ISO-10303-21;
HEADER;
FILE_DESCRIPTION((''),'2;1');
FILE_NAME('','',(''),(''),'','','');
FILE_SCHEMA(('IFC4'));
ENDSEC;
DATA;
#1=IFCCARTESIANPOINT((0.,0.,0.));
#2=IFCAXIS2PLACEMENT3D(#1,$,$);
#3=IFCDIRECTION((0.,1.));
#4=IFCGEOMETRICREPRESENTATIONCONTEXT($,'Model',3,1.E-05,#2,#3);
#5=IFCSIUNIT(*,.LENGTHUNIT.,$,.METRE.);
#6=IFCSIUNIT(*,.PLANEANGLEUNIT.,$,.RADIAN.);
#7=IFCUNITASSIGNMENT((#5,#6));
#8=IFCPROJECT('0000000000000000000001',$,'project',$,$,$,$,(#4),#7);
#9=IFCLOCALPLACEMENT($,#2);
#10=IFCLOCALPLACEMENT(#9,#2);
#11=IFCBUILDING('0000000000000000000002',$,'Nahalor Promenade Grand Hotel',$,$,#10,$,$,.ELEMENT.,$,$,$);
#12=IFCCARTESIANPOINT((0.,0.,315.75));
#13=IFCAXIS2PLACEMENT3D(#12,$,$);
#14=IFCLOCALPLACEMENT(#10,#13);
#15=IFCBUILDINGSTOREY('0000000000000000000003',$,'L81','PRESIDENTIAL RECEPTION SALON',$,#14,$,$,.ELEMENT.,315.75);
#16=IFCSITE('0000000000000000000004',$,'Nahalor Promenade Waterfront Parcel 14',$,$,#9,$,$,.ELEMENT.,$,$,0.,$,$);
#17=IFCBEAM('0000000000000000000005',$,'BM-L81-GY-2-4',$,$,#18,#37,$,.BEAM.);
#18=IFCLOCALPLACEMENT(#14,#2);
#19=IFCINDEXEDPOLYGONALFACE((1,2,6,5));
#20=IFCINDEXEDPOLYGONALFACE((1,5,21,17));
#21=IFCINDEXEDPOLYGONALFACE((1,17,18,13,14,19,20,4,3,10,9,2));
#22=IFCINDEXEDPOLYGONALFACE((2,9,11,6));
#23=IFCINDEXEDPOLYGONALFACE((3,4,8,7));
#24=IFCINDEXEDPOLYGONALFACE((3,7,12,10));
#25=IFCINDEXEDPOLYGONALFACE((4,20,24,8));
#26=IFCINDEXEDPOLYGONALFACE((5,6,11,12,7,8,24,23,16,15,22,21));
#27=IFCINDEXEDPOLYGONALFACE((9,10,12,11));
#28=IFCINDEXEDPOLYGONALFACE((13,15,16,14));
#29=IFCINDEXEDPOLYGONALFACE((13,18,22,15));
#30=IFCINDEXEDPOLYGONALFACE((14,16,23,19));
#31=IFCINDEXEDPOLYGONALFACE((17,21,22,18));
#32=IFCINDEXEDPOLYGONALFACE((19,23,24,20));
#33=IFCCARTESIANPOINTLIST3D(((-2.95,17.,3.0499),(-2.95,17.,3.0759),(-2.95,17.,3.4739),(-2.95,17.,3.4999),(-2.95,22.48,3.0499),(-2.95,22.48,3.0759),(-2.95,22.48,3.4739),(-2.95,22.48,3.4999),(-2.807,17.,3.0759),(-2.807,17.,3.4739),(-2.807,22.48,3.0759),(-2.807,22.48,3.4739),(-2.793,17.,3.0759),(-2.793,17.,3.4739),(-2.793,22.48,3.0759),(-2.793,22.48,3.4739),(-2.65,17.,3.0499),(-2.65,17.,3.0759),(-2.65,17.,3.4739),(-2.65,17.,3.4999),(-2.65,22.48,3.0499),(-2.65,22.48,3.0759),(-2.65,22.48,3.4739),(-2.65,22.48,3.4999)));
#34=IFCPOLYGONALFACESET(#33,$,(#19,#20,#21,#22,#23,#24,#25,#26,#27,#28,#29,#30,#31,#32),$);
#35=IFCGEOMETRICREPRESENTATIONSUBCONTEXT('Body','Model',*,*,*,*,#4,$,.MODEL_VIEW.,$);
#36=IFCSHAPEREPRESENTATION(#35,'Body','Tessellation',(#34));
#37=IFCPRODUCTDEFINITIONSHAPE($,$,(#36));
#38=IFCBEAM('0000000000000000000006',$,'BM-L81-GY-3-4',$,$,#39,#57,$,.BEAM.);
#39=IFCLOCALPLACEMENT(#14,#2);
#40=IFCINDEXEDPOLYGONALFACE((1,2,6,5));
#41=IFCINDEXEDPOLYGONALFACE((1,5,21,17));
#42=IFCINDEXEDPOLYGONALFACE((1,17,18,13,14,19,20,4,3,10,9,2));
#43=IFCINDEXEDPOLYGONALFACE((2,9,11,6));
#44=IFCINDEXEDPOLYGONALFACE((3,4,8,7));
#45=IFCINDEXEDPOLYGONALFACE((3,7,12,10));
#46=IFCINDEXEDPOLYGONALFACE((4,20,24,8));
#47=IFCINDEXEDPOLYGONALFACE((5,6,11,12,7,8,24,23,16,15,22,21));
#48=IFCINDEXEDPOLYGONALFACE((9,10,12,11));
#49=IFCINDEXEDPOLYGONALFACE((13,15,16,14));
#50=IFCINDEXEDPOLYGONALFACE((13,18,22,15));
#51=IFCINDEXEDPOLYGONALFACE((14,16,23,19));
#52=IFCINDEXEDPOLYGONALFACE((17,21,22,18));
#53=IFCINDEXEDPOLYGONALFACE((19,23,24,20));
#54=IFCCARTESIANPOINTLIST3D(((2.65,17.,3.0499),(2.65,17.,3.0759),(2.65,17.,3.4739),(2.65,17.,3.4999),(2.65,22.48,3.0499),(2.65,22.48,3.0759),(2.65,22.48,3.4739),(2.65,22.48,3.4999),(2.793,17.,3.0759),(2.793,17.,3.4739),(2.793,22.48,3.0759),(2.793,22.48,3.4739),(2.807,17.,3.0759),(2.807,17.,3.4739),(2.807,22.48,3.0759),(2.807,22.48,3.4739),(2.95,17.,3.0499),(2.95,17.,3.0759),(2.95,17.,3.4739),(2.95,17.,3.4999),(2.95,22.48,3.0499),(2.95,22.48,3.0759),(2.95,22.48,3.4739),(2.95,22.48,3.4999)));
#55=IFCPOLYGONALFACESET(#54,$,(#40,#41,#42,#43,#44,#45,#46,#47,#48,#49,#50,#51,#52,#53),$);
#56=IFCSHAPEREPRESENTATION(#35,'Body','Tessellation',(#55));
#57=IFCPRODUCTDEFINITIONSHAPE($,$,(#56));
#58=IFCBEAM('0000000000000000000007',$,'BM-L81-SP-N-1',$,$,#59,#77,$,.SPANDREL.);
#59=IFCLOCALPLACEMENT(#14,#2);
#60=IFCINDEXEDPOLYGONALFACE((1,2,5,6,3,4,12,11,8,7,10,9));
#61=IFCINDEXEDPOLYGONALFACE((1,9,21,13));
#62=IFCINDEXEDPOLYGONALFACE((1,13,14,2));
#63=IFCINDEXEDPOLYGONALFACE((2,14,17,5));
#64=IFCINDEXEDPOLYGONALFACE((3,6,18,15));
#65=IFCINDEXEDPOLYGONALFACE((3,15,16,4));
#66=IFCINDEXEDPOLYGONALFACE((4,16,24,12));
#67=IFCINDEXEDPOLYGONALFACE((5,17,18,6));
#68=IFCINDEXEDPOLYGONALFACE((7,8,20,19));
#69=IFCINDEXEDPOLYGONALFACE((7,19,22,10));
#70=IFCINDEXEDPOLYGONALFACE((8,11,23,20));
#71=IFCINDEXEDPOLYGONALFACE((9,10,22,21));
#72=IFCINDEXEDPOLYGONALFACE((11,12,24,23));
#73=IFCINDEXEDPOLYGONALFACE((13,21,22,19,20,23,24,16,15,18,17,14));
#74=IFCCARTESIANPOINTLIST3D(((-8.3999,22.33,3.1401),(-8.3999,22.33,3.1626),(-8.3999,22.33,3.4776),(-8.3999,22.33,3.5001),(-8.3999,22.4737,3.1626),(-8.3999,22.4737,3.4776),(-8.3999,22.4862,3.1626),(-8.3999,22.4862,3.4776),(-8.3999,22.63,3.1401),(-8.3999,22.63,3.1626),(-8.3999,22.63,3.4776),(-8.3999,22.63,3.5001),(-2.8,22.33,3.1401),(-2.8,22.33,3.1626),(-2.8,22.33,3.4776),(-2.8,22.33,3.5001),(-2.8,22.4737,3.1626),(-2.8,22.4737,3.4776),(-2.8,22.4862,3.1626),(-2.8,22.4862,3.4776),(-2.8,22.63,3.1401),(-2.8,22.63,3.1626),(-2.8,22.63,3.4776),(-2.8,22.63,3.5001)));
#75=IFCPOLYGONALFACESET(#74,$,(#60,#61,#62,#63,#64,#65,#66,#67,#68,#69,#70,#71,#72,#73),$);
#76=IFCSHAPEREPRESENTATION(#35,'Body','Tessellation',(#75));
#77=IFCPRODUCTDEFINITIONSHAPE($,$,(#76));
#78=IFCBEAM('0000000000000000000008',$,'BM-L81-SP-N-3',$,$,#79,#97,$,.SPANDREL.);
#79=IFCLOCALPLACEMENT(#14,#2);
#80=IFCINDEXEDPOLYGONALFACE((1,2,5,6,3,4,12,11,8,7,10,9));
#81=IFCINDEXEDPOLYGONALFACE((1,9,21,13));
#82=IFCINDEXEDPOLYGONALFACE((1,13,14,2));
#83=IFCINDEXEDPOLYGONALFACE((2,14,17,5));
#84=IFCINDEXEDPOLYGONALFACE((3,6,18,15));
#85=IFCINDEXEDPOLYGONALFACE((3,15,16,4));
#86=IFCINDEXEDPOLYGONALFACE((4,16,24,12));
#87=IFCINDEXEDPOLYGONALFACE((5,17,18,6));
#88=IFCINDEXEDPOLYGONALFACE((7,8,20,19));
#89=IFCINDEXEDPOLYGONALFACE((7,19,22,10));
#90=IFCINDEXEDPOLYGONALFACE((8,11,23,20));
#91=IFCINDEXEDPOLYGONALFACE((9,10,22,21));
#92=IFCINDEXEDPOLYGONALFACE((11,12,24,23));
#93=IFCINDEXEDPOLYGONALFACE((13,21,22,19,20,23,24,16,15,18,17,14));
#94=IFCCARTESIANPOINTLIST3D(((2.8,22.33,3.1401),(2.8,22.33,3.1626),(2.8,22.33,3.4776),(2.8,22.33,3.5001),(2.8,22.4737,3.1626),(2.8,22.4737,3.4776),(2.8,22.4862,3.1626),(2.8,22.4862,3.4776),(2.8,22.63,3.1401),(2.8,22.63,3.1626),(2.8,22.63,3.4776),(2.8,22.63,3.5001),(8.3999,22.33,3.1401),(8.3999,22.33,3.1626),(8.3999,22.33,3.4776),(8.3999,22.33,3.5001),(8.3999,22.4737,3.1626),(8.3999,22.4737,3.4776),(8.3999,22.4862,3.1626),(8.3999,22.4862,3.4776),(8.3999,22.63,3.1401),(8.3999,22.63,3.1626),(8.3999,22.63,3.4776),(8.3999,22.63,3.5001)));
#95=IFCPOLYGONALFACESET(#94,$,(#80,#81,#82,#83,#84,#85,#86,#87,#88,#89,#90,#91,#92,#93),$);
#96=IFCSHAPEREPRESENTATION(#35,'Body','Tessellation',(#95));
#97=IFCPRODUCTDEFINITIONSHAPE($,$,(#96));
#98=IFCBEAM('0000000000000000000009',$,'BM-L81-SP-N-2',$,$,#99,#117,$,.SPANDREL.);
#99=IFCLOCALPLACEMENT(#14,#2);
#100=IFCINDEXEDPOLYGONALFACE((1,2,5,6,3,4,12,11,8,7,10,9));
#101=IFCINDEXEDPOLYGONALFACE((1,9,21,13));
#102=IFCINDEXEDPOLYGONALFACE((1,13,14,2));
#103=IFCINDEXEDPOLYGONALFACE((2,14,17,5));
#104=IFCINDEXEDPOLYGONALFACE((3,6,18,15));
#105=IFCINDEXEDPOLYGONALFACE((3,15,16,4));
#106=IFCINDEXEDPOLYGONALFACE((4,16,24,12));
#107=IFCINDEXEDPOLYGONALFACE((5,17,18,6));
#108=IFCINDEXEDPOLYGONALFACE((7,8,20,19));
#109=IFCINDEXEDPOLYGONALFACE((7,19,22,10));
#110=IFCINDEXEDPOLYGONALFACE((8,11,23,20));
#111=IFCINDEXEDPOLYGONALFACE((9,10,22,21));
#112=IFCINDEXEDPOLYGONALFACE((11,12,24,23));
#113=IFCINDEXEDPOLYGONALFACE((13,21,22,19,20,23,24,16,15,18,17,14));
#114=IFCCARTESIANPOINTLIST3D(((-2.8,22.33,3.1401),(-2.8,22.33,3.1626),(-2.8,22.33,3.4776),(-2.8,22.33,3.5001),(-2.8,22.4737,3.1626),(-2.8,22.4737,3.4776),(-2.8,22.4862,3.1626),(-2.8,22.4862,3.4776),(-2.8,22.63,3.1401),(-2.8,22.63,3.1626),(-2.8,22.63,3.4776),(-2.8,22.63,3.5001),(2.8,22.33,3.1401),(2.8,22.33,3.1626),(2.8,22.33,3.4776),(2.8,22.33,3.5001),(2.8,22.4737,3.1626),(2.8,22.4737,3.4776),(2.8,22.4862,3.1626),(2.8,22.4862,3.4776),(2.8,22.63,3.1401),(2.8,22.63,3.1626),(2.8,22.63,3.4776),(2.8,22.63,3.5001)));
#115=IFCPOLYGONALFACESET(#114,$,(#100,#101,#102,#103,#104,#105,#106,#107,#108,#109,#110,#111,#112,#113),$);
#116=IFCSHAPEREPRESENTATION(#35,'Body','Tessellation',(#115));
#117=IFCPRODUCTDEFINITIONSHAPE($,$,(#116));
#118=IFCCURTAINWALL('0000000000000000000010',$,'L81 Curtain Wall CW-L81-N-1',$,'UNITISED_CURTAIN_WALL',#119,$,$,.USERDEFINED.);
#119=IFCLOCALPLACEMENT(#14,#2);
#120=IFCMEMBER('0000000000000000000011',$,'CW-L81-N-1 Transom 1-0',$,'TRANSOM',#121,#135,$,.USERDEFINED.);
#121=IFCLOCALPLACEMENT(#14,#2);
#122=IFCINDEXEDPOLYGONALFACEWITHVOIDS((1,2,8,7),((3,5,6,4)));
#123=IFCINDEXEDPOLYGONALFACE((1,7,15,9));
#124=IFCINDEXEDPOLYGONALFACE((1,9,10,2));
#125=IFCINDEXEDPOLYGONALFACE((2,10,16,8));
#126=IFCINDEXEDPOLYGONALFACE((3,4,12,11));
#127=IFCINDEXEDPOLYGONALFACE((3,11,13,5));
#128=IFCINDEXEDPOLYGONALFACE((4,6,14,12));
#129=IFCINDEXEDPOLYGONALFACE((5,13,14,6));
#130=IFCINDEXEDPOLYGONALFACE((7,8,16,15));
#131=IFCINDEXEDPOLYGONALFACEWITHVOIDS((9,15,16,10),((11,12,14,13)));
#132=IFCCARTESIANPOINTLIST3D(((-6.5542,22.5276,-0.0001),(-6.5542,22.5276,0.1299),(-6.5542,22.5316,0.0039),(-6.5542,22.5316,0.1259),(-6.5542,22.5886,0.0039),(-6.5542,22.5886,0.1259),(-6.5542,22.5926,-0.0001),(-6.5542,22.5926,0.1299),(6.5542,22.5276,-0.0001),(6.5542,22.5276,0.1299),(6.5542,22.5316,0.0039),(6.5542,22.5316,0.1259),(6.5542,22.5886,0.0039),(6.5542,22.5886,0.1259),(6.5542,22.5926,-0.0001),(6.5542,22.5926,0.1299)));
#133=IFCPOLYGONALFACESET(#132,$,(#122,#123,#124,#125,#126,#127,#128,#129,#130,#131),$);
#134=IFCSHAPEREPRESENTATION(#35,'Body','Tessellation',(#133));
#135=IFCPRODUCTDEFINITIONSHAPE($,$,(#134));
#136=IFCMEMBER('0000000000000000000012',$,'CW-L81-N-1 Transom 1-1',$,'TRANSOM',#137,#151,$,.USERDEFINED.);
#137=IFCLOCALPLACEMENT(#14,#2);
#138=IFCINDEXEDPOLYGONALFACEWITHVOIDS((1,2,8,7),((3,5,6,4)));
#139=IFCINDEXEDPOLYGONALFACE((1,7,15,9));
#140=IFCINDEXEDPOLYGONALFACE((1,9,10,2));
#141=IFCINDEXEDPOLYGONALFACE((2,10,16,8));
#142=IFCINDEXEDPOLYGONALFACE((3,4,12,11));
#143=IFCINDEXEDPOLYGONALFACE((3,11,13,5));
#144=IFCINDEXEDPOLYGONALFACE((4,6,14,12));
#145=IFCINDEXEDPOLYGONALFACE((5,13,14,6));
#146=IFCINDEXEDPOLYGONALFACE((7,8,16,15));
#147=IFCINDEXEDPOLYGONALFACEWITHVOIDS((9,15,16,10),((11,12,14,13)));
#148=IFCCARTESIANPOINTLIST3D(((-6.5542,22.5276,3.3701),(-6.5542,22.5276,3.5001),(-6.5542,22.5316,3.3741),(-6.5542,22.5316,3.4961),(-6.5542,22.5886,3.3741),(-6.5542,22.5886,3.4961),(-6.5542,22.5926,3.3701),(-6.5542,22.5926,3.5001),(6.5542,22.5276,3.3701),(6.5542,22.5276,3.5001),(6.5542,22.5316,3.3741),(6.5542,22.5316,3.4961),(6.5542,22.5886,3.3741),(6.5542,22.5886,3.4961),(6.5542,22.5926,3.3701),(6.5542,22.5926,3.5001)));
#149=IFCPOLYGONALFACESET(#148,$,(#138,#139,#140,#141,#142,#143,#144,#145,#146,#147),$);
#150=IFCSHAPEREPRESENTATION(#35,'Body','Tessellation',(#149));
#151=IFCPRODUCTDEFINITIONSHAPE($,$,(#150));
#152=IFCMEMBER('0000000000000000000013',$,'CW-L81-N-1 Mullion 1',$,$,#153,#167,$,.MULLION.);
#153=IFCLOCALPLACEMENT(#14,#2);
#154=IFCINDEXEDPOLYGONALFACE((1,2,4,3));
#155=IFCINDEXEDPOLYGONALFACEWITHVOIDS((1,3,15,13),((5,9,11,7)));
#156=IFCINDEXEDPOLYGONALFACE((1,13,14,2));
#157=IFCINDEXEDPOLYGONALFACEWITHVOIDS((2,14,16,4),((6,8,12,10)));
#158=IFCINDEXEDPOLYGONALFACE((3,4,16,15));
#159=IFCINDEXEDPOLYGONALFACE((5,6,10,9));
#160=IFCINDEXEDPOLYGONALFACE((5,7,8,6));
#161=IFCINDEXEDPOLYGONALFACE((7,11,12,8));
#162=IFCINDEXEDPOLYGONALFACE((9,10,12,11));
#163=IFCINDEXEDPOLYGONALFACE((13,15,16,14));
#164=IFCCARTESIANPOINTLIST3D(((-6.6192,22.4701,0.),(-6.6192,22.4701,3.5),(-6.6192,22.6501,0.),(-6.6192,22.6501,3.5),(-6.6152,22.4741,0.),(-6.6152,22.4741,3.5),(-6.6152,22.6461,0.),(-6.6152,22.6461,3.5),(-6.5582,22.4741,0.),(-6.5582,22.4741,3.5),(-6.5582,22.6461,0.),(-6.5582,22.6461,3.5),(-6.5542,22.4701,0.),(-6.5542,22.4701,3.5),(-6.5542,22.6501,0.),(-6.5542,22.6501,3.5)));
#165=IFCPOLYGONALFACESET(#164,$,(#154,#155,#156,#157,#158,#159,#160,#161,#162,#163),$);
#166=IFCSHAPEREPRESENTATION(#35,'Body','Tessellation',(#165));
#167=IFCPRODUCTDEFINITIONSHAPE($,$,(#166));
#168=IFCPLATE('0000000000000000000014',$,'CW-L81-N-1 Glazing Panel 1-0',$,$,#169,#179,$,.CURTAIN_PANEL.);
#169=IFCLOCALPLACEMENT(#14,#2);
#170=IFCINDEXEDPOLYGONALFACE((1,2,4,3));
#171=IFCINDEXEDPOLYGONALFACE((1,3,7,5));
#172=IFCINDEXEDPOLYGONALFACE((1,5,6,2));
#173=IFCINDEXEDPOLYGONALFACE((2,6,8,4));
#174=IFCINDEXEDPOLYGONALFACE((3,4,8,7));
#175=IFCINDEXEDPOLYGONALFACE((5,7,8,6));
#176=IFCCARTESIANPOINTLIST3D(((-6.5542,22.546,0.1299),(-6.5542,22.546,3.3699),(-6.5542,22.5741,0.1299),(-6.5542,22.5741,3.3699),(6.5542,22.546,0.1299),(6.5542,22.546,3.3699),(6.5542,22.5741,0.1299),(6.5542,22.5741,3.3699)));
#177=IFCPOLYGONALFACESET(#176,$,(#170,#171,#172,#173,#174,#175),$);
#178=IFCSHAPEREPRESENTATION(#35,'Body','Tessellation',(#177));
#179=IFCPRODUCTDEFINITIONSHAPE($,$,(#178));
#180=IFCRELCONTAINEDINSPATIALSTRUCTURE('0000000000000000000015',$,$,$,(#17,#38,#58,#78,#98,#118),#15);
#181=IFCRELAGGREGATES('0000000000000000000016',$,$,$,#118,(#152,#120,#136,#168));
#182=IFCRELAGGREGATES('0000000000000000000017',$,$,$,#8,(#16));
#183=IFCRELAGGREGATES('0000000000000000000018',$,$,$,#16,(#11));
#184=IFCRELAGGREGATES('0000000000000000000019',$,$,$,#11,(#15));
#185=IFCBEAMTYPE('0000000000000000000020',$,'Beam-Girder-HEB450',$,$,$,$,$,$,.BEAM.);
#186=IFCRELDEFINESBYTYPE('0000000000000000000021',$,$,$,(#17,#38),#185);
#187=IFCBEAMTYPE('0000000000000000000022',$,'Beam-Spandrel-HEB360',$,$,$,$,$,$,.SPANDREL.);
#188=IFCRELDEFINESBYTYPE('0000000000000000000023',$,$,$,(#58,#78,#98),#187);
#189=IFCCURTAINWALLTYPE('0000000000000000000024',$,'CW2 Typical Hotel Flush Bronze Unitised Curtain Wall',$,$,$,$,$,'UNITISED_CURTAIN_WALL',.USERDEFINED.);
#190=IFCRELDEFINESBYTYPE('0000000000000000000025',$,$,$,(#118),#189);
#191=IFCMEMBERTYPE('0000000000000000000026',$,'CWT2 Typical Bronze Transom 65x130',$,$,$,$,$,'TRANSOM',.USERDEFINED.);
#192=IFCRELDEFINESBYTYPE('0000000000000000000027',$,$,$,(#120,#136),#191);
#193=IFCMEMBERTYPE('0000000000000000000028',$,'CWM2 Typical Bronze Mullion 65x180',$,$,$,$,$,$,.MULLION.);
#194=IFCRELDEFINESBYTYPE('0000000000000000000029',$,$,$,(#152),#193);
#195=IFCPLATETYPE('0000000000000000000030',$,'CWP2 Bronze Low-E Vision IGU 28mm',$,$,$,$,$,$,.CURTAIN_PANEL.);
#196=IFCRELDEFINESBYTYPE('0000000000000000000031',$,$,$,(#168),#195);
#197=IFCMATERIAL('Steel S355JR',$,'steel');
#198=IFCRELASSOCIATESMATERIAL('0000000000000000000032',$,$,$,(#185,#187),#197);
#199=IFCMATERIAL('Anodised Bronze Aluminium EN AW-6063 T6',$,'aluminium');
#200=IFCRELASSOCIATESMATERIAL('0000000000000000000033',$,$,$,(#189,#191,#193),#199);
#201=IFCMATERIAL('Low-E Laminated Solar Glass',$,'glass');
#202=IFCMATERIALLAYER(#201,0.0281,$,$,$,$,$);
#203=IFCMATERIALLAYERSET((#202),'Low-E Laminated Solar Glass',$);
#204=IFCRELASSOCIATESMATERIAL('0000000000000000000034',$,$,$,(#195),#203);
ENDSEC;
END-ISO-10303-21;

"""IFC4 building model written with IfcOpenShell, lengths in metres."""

from ifc_helpers import new_model, si_unit, direction, frame, origin, origin_2d, place, context, subcontext, project, spatial, rectangle, hollow_rectangle, i_section, extrude, source, transform, mapped, material, layer, layer_set, material_profile, profile_set, type_object, element, aggregate, save


model = new_model("IFC4")

# Units and contexts
model_context = context("Model", 3, precision=1e-05, world=origin(), true_north=direction((0.0, 1.0)))
body_context = subcontext(model_context, "Body", "Model", "MODEL_VIEW")
ifc_project = project(units=[si_unit("LENGTHUNIT", "METRE"), si_unit("PLANEANGLEUNIT", "RADIAN")], contexts=[model_context])

# Site, building, storey
site_placement = place(None, origin())
site = spatial("IfcSite", under=ifc_project, at=site_placement, Name="Nahalor Promenade Waterfront Parcel 14", CompositionType="ELEMENT", RefElevation=0.0)
building_placement = place(site_placement, origin())
building = spatial("IfcBuilding", under=site, at=building_placement, Name="Nahalor Promenade Grand Hotel", CompositionType="ELEMENT")
storey_placement = place(building_placement, frame((0.0, 0.0, 315.75)))
storey = spatial("IfcBuildingStorey", under=building, at=storey_placement, Name="L81", Description="PRESIDENTIAL RECEPTION SALON", CompositionType="ELEMENT", Elevation=315.75)

# Shared definitions
ifc_material_1 = material(Name="Steel S355JR", Category="steel")

# Beams
ifc_material_profile_1 = material_profile(ifc_material_1, i_section(OverallWidth=0.3, OverallDepth=0.45, WebThickness=0.014, FlangeThickness=0.026, at=origin_2d()), Name="HEB 450")
ifc_profile_set_1 = profile_set([ifc_material_profile_1], Name="Steel S355JR")
beam_type_1 = type_object("IfcBeamType", Name="Beam-Girder-HEB450", PredefinedType="BEAM", material=ifc_profile_set_1)
shared_shape_1 = source(origin(), body_context, "Body", "SweptSolid", [
    extrude(i_section(OverallWidth=0.3, OverallDepth=0.45, WebThickness=0.014, FlangeThickness=0.026, at=origin_2d()), origin(), (0.0, 0.0, 1.0), 5.48),
])
for number, where, z_axis, x_axis, name in (
    (1, (-2.8, 17.0, 3.2749), (0.0, 1.0, 0.0), (-1.0, 0.0, 0.0), "BM-L81-GY-2-4"),
    (2, (2.8, 17.0, 3.2749), (0.0, 1.0, 0.0), (-1.0, 0.0, 0.0), "BM-L81-GY-3-4"),
):
    element("IfcBeam", number, at=place(storey_placement, frame(where, z_axis=z_axis, x_axis=x_axis)), inside=storey, type_object=beam_type_1, Name=name, PredefinedType="BEAM", context=body_context, shape_type="MappedRepresentation", body=[
        mapped(shared_shape_1, transform((0.0, 0.0, 0.0), scale=1.0)),
    ])
ifc_material_profile_2 = material_profile(ifc_material_1, i_section(OverallWidth=0.3, OverallDepth=0.36, WebThickness=0.0125, FlangeThickness=0.0225, at=origin_2d()), Name="HEB 360")
ifc_profile_set_2 = profile_set([ifc_material_profile_2], Name="Steel S355JR")
beam_type_2 = type_object("IfcBeamType", Name="Beam-Spandrel-HEB360", PredefinedType="SPANDREL", material=ifc_profile_set_2)
shared_shape_2 = source(origin(), body_context, "Body", "SweptSolid", [
    extrude(i_section(OverallWidth=0.3, OverallDepth=0.36, WebThickness=0.0125, FlangeThickness=0.0225, at=origin_2d()), origin(), (0.0, 0.0, 1.0), 5.5999),
])
for number, where, z_axis, x_axis, name in (
    (3, (-8.3999, 22.48, 3.3201), (1.0, 0.0, 0.0), (0.0, 1.0, 0.0), "BM-L81-SP-N-1"),
    (4, (2.8, 22.48, 3.3201), (1.0, 0.0, 0.0), (0.0, 1.0, 0.0), "BM-L81-SP-N-3"),
):
    element("IfcBeam", number, at=place(storey_placement, frame(where, z_axis=z_axis, x_axis=x_axis)), inside=storey, type_object=beam_type_2, Name=name, PredefinedType="SPANDREL", context=body_context, shape_type="MappedRepresentation", body=[
        mapped(shared_shape_2, transform((0.0, 0.0, 0.0), scale=1.0)),
    ])
shared_shape_3 = source(origin(), body_context, "Body", "SweptSolid", [
    extrude(i_section(OverallWidth=0.3, OverallDepth=0.36, WebThickness=0.0125, FlangeThickness=0.0225, at=origin_2d()), origin(), (0.0, 0.0, 1.0), 5.6001),
])
beam_1_placement = place(storey_placement, frame((-2.8, 22.48, 3.3201), z_axis=(1.0, 0.0, 0.0), x_axis=(0.0, 1.0, 0.0)))
element("IfcBeam", 5, at=beam_1_placement, inside=storey, type_object=beam_type_2, Name="BM-L81-SP-N-2", PredefinedType="SPANDREL", context=body_context, shape_type="MappedRepresentation", body=[
    mapped(shared_shape_3, transform((0.0, 0.0, 0.0), scale=1.0)),
])

# Curtain wall, members, plate
ifc_material_2 = material(Name="Anodised Bronze Aluminium EN AW-6063 T6", Category="aluminium")
curtain_wall_type = type_object("IfcCurtainWallType", Name="CW2 Typical Hotel Flush Bronze Unitised Curtain Wall", ElementType="UNITISED_CURTAIN_WALL", PredefinedType="USERDEFINED", material=ifc_material_2)
curtain_wall_placement = place(storey_placement, origin())
curtain_wall = element("IfcCurtainWall", 6, at=curtain_wall_placement, inside=storey, type_object=curtain_wall_type, Name="L81 Curtain Wall CW-L81-N-1", ObjectType="UNITISED_CURTAIN_WALL", PredefinedType="USERDEFINED")
ifc_material_profile_3 = material_profile(ifc_material_2, hollow_rectangle(XDim=0.065, YDim=0.13, WallThickness=0.004, at=origin_2d()), Name="CWT 65x130x4")
ifc_profile_set_3 = profile_set([ifc_material_profile_3], Name="Anodised Bronze Aluminium EN AW-6063 T6")
member_type_1 = type_object("IfcMemberType", Name="CWT2 Typical Bronze Transom 65x130", ElementType="TRANSOM", PredefinedType="USERDEFINED", material=ifc_profile_set_3)
shared_shape_4 = source(origin(), body_context, "Body", "SweptSolid", [
    extrude(hollow_rectangle(XDim=0.065, YDim=0.13, WallThickness=0.004, at=origin_2d()), origin(), (0.0, 0.0, 1.0), 13.1084),
])
member_1_placement = place(storey_placement, frame((-6.5542, 22.5601, 0.0649), z_axis=(1.0, 0.0, 0.0), x_axis=(0.0, 1.0, 0.0)))
member_1 = element("IfcMember", 7, at=member_1_placement, type_object=member_type_1, Name="CW-L81-N-1 Transom 1-0", ObjectType="TRANSOM", PredefinedType="USERDEFINED", context=body_context, shape_type="MappedRepresentation", body=[
    mapped(shared_shape_4, transform((0.0, 0.0, 0.0), scale=1.0)),
])
member_2_placement = place(storey_placement, frame((-6.5542, 22.5601, 3.4351), z_axis=(1.0, 0.0, 0.0), x_axis=(0.0, 1.0, 0.0)))
member_2 = element("IfcMember", 8, at=member_2_placement, type_object=member_type_1, Name="CW-L81-N-1 Transom 1-1", ObjectType="TRANSOM", PredefinedType="USERDEFINED", context=body_context, shape_type="MappedRepresentation", body=[
    mapped(shared_shape_4, transform((0.0, 0.0, 0.0), scale=1.0)),
])
ifc_material_profile_4 = material_profile(ifc_material_2, hollow_rectangle(XDim=0.065, YDim=0.18, WallThickness=0.004, at=origin_2d()), Name="CWM 65x180x4")
ifc_profile_set_4 = profile_set([ifc_material_profile_4], Name="Anodised Bronze Aluminium EN AW-6063 T6")
member_type_2 = type_object("IfcMemberType", Name="CWM2 Typical Bronze Mullion 65x180", PredefinedType="MULLION", material=ifc_profile_set_4)
shared_shape_5 = source(origin(), body_context, "Body", "SweptSolid", [
    extrude(hollow_rectangle(XDim=0.065, YDim=0.18, WallThickness=0.004, at=origin_2d()), origin(), (0.0, 0.0, 1.0), 3.5),
])
member_3_placement = place(storey_placement, frame((-6.5867, 22.5601, 0.0), z_axis=(0.0, 0.0, 1.0), x_axis=(1.0, 0.0, 0.0)))
member_3 = element("IfcMember", 9, at=member_3_placement, type_object=member_type_2, Name="CW-L81-N-1 Mullion 1", PredefinedType="MULLION", context=body_context, shape_type="MappedRepresentation", body=[
    mapped(shared_shape_5, transform((0.0, 0.0, 0.0), scale=1.0)),
])
ifc_material_3 = material(Name="Low-E Laminated Solar Glass", Category="glass")
ifc_layer_1 = layer(ifc_material_3, 0.0281)
ifc_layer_set_1 = layer_set([ifc_layer_1], Name="Low-E Laminated Solar Glass")
plate_type = type_object("IfcPlateType", Name="CWP2 Bronze Low-E Vision IGU 28mm", PredefinedType="CURTAIN_PANEL", material=ifc_layer_set_1)
shared_shape_6 = source(origin(), body_context, "Body", "SweptSolid", [
    extrude(rectangle(XDim=13.1084, YDim=0.0281, at=origin_2d()), origin(), (0.0, 0.0, 1.0), 3.24),
])
plate_placement = place(storey_placement, frame((0.0, 22.5601, 0.1299), z_axis=(0.0, 0.0, 1.0), x_axis=(1.0, 0.0, 0.0)))
plate = element("IfcPlate", 10, at=plate_placement, type_object=plate_type, Name="CW-L81-N-1 Glazing Panel 1-0", PredefinedType="CURTAIN_PANEL", context=body_context, shape_type="MappedRepresentation", body=[
    mapped(shared_shape_6, transform((0.0, 0.0, 0.0), scale=1.0)),
])
aggregate(curtain_wall, [member_3, member_1, member_2, plate])

save(model, "model.ifc")
